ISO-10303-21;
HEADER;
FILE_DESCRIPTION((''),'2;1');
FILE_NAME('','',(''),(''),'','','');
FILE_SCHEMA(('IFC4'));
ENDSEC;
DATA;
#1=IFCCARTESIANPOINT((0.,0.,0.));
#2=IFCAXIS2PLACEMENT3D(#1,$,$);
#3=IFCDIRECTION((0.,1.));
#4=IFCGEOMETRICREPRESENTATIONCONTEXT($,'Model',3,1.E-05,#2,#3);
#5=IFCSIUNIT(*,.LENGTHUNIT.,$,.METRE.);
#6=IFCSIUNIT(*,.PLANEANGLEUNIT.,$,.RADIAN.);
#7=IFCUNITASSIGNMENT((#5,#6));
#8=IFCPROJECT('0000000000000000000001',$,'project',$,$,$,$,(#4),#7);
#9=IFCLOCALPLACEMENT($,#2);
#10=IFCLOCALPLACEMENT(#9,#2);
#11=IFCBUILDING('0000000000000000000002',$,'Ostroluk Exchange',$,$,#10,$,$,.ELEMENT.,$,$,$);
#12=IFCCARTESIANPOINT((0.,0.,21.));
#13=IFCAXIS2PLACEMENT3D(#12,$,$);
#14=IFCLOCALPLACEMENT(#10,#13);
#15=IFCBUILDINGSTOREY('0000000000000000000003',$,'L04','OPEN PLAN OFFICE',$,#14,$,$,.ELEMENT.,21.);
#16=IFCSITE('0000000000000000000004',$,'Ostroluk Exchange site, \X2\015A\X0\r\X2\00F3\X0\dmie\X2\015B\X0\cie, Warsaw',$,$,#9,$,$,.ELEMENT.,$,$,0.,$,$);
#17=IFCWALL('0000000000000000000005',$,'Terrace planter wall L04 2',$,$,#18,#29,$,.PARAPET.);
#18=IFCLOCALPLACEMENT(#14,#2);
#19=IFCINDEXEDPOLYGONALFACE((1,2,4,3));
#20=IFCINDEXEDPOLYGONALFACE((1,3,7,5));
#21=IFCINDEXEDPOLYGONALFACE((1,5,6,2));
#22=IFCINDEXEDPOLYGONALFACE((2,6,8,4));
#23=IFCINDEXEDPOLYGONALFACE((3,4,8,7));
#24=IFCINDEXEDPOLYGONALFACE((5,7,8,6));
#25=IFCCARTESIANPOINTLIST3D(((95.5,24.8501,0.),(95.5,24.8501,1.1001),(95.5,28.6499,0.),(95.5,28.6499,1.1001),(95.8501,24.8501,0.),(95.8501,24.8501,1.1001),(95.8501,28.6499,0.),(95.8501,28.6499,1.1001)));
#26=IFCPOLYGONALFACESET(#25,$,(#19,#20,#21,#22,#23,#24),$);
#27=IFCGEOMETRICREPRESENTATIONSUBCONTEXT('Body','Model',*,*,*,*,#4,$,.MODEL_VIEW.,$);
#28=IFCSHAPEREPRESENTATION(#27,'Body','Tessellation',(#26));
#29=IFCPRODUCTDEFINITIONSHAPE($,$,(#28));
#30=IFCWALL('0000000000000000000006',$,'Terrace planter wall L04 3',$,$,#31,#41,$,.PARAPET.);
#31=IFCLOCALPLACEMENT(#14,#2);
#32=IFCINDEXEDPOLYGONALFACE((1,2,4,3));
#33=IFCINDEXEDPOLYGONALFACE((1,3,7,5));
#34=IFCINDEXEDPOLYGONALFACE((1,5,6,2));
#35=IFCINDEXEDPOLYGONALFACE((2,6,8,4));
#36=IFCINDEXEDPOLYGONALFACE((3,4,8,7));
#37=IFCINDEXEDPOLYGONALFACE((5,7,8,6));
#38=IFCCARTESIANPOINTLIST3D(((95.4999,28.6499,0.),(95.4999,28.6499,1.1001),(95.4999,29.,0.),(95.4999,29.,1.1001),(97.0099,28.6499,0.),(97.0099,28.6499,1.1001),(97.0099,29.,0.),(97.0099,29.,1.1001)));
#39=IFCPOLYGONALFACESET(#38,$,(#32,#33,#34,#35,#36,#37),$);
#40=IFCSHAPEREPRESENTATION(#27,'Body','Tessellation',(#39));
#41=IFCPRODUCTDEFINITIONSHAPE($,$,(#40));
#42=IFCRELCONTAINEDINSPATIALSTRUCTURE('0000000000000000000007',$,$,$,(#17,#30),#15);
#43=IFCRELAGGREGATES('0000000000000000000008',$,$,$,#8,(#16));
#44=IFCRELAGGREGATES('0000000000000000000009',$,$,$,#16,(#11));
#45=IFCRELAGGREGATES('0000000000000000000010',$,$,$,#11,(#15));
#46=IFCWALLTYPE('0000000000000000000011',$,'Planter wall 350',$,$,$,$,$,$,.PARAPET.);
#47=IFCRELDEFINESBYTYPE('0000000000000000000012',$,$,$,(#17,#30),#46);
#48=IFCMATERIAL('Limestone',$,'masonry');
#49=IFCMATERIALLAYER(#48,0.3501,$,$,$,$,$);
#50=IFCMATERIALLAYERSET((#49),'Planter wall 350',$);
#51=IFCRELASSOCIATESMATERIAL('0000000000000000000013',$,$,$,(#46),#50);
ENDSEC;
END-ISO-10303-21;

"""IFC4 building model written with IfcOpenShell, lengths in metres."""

from ifc_helpers import new_model, si_unit, direction, frame, frame_2d, origin, place, context, subcontext, project, spatial, rectangle, extrude, material, layer, layer_set, type_object, element, save


model = new_model("IFC4")

# Units and contexts
model_context = context("Model", 3, precision=1e-05, world=origin(), true_north=direction((0.0, 1.0)))
body_context = subcontext(model_context, "Body", "Model", "MODEL_VIEW")
ifc_project = project(units=[si_unit("LENGTHUNIT", "METRE"), si_unit("PLANEANGLEUNIT", "RADIAN")], contexts=[model_context])

# Site, building, storey
site_placement = place(None, origin())
site = spatial("IfcSite", under=ifc_project, at=site_placement, Name="Ostroluk Exchange site, Śródmieście, Warsaw", CompositionType="ELEMENT", RefElevation=0.0)
building_placement = place(site_placement, origin())
building = spatial("IfcBuilding", under=site, at=building_placement, Name="Ostroluk Exchange", CompositionType="ELEMENT")
storey_placement = place(building_placement, frame((0.0, 0.0, 21.0)))
storey = spatial("IfcBuildingStorey", under=building, at=storey_placement, Name="L04", Description="OPEN PLAN OFFICE", CompositionType="ELEMENT", Elevation=21.0)

# Walls
ifc_material_1 = material(Name="Limestone", Category="masonry")
ifc_layer_1 = layer(ifc_material_1, 0.3501)
ifc_layer_set_1 = layer_set([ifc_layer_1], Name="Planter wall 350")
wall_type_1 = type_object("IfcWallType", Name="Planter wall 350", PredefinedType="PARAPET", material=ifc_layer_set_1)
wall_1_placement = place(storey_placement, frame((95.675, 24.8501, 0.0), z_axis=(0.0, 0.0, 1.0), x_axis=(0.0, 1.0, 0.0)))
element("IfcWall", 1, at=wall_1_placement, inside=storey, type_object=wall_type_1, Name="Terrace planter wall L04 2", PredefinedType="PARAPET", context=body_context, shape_type="SweptSolid", body=[
    extrude(rectangle(XDim=3.7998, YDim=0.3501, at=frame_2d((1.8999, 0.0))), origin(), (0.0, 0.0, 1.0), 1.1001),
])
wall_2_placement = place(storey_placement, frame((95.5, 28.825, 0.0), z_axis=(0.0, 0.0, 1.0), x_axis=(1.0, 0.0, 0.0)))
element("IfcWall", 2, at=wall_2_placement, inside=storey, type_object=wall_type_1, Name="Terrace planter wall L04 3", PredefinedType="PARAPET", context=body_context, shape_type="SweptSolid", body=[
    extrude(rectangle(XDim=1.51, YDim=0.3501, at=frame_2d((0.7549, 0.0))), origin(), (0.0, 0.0, 1.0), 1.1001),
])

save(model, "model.ifc")
